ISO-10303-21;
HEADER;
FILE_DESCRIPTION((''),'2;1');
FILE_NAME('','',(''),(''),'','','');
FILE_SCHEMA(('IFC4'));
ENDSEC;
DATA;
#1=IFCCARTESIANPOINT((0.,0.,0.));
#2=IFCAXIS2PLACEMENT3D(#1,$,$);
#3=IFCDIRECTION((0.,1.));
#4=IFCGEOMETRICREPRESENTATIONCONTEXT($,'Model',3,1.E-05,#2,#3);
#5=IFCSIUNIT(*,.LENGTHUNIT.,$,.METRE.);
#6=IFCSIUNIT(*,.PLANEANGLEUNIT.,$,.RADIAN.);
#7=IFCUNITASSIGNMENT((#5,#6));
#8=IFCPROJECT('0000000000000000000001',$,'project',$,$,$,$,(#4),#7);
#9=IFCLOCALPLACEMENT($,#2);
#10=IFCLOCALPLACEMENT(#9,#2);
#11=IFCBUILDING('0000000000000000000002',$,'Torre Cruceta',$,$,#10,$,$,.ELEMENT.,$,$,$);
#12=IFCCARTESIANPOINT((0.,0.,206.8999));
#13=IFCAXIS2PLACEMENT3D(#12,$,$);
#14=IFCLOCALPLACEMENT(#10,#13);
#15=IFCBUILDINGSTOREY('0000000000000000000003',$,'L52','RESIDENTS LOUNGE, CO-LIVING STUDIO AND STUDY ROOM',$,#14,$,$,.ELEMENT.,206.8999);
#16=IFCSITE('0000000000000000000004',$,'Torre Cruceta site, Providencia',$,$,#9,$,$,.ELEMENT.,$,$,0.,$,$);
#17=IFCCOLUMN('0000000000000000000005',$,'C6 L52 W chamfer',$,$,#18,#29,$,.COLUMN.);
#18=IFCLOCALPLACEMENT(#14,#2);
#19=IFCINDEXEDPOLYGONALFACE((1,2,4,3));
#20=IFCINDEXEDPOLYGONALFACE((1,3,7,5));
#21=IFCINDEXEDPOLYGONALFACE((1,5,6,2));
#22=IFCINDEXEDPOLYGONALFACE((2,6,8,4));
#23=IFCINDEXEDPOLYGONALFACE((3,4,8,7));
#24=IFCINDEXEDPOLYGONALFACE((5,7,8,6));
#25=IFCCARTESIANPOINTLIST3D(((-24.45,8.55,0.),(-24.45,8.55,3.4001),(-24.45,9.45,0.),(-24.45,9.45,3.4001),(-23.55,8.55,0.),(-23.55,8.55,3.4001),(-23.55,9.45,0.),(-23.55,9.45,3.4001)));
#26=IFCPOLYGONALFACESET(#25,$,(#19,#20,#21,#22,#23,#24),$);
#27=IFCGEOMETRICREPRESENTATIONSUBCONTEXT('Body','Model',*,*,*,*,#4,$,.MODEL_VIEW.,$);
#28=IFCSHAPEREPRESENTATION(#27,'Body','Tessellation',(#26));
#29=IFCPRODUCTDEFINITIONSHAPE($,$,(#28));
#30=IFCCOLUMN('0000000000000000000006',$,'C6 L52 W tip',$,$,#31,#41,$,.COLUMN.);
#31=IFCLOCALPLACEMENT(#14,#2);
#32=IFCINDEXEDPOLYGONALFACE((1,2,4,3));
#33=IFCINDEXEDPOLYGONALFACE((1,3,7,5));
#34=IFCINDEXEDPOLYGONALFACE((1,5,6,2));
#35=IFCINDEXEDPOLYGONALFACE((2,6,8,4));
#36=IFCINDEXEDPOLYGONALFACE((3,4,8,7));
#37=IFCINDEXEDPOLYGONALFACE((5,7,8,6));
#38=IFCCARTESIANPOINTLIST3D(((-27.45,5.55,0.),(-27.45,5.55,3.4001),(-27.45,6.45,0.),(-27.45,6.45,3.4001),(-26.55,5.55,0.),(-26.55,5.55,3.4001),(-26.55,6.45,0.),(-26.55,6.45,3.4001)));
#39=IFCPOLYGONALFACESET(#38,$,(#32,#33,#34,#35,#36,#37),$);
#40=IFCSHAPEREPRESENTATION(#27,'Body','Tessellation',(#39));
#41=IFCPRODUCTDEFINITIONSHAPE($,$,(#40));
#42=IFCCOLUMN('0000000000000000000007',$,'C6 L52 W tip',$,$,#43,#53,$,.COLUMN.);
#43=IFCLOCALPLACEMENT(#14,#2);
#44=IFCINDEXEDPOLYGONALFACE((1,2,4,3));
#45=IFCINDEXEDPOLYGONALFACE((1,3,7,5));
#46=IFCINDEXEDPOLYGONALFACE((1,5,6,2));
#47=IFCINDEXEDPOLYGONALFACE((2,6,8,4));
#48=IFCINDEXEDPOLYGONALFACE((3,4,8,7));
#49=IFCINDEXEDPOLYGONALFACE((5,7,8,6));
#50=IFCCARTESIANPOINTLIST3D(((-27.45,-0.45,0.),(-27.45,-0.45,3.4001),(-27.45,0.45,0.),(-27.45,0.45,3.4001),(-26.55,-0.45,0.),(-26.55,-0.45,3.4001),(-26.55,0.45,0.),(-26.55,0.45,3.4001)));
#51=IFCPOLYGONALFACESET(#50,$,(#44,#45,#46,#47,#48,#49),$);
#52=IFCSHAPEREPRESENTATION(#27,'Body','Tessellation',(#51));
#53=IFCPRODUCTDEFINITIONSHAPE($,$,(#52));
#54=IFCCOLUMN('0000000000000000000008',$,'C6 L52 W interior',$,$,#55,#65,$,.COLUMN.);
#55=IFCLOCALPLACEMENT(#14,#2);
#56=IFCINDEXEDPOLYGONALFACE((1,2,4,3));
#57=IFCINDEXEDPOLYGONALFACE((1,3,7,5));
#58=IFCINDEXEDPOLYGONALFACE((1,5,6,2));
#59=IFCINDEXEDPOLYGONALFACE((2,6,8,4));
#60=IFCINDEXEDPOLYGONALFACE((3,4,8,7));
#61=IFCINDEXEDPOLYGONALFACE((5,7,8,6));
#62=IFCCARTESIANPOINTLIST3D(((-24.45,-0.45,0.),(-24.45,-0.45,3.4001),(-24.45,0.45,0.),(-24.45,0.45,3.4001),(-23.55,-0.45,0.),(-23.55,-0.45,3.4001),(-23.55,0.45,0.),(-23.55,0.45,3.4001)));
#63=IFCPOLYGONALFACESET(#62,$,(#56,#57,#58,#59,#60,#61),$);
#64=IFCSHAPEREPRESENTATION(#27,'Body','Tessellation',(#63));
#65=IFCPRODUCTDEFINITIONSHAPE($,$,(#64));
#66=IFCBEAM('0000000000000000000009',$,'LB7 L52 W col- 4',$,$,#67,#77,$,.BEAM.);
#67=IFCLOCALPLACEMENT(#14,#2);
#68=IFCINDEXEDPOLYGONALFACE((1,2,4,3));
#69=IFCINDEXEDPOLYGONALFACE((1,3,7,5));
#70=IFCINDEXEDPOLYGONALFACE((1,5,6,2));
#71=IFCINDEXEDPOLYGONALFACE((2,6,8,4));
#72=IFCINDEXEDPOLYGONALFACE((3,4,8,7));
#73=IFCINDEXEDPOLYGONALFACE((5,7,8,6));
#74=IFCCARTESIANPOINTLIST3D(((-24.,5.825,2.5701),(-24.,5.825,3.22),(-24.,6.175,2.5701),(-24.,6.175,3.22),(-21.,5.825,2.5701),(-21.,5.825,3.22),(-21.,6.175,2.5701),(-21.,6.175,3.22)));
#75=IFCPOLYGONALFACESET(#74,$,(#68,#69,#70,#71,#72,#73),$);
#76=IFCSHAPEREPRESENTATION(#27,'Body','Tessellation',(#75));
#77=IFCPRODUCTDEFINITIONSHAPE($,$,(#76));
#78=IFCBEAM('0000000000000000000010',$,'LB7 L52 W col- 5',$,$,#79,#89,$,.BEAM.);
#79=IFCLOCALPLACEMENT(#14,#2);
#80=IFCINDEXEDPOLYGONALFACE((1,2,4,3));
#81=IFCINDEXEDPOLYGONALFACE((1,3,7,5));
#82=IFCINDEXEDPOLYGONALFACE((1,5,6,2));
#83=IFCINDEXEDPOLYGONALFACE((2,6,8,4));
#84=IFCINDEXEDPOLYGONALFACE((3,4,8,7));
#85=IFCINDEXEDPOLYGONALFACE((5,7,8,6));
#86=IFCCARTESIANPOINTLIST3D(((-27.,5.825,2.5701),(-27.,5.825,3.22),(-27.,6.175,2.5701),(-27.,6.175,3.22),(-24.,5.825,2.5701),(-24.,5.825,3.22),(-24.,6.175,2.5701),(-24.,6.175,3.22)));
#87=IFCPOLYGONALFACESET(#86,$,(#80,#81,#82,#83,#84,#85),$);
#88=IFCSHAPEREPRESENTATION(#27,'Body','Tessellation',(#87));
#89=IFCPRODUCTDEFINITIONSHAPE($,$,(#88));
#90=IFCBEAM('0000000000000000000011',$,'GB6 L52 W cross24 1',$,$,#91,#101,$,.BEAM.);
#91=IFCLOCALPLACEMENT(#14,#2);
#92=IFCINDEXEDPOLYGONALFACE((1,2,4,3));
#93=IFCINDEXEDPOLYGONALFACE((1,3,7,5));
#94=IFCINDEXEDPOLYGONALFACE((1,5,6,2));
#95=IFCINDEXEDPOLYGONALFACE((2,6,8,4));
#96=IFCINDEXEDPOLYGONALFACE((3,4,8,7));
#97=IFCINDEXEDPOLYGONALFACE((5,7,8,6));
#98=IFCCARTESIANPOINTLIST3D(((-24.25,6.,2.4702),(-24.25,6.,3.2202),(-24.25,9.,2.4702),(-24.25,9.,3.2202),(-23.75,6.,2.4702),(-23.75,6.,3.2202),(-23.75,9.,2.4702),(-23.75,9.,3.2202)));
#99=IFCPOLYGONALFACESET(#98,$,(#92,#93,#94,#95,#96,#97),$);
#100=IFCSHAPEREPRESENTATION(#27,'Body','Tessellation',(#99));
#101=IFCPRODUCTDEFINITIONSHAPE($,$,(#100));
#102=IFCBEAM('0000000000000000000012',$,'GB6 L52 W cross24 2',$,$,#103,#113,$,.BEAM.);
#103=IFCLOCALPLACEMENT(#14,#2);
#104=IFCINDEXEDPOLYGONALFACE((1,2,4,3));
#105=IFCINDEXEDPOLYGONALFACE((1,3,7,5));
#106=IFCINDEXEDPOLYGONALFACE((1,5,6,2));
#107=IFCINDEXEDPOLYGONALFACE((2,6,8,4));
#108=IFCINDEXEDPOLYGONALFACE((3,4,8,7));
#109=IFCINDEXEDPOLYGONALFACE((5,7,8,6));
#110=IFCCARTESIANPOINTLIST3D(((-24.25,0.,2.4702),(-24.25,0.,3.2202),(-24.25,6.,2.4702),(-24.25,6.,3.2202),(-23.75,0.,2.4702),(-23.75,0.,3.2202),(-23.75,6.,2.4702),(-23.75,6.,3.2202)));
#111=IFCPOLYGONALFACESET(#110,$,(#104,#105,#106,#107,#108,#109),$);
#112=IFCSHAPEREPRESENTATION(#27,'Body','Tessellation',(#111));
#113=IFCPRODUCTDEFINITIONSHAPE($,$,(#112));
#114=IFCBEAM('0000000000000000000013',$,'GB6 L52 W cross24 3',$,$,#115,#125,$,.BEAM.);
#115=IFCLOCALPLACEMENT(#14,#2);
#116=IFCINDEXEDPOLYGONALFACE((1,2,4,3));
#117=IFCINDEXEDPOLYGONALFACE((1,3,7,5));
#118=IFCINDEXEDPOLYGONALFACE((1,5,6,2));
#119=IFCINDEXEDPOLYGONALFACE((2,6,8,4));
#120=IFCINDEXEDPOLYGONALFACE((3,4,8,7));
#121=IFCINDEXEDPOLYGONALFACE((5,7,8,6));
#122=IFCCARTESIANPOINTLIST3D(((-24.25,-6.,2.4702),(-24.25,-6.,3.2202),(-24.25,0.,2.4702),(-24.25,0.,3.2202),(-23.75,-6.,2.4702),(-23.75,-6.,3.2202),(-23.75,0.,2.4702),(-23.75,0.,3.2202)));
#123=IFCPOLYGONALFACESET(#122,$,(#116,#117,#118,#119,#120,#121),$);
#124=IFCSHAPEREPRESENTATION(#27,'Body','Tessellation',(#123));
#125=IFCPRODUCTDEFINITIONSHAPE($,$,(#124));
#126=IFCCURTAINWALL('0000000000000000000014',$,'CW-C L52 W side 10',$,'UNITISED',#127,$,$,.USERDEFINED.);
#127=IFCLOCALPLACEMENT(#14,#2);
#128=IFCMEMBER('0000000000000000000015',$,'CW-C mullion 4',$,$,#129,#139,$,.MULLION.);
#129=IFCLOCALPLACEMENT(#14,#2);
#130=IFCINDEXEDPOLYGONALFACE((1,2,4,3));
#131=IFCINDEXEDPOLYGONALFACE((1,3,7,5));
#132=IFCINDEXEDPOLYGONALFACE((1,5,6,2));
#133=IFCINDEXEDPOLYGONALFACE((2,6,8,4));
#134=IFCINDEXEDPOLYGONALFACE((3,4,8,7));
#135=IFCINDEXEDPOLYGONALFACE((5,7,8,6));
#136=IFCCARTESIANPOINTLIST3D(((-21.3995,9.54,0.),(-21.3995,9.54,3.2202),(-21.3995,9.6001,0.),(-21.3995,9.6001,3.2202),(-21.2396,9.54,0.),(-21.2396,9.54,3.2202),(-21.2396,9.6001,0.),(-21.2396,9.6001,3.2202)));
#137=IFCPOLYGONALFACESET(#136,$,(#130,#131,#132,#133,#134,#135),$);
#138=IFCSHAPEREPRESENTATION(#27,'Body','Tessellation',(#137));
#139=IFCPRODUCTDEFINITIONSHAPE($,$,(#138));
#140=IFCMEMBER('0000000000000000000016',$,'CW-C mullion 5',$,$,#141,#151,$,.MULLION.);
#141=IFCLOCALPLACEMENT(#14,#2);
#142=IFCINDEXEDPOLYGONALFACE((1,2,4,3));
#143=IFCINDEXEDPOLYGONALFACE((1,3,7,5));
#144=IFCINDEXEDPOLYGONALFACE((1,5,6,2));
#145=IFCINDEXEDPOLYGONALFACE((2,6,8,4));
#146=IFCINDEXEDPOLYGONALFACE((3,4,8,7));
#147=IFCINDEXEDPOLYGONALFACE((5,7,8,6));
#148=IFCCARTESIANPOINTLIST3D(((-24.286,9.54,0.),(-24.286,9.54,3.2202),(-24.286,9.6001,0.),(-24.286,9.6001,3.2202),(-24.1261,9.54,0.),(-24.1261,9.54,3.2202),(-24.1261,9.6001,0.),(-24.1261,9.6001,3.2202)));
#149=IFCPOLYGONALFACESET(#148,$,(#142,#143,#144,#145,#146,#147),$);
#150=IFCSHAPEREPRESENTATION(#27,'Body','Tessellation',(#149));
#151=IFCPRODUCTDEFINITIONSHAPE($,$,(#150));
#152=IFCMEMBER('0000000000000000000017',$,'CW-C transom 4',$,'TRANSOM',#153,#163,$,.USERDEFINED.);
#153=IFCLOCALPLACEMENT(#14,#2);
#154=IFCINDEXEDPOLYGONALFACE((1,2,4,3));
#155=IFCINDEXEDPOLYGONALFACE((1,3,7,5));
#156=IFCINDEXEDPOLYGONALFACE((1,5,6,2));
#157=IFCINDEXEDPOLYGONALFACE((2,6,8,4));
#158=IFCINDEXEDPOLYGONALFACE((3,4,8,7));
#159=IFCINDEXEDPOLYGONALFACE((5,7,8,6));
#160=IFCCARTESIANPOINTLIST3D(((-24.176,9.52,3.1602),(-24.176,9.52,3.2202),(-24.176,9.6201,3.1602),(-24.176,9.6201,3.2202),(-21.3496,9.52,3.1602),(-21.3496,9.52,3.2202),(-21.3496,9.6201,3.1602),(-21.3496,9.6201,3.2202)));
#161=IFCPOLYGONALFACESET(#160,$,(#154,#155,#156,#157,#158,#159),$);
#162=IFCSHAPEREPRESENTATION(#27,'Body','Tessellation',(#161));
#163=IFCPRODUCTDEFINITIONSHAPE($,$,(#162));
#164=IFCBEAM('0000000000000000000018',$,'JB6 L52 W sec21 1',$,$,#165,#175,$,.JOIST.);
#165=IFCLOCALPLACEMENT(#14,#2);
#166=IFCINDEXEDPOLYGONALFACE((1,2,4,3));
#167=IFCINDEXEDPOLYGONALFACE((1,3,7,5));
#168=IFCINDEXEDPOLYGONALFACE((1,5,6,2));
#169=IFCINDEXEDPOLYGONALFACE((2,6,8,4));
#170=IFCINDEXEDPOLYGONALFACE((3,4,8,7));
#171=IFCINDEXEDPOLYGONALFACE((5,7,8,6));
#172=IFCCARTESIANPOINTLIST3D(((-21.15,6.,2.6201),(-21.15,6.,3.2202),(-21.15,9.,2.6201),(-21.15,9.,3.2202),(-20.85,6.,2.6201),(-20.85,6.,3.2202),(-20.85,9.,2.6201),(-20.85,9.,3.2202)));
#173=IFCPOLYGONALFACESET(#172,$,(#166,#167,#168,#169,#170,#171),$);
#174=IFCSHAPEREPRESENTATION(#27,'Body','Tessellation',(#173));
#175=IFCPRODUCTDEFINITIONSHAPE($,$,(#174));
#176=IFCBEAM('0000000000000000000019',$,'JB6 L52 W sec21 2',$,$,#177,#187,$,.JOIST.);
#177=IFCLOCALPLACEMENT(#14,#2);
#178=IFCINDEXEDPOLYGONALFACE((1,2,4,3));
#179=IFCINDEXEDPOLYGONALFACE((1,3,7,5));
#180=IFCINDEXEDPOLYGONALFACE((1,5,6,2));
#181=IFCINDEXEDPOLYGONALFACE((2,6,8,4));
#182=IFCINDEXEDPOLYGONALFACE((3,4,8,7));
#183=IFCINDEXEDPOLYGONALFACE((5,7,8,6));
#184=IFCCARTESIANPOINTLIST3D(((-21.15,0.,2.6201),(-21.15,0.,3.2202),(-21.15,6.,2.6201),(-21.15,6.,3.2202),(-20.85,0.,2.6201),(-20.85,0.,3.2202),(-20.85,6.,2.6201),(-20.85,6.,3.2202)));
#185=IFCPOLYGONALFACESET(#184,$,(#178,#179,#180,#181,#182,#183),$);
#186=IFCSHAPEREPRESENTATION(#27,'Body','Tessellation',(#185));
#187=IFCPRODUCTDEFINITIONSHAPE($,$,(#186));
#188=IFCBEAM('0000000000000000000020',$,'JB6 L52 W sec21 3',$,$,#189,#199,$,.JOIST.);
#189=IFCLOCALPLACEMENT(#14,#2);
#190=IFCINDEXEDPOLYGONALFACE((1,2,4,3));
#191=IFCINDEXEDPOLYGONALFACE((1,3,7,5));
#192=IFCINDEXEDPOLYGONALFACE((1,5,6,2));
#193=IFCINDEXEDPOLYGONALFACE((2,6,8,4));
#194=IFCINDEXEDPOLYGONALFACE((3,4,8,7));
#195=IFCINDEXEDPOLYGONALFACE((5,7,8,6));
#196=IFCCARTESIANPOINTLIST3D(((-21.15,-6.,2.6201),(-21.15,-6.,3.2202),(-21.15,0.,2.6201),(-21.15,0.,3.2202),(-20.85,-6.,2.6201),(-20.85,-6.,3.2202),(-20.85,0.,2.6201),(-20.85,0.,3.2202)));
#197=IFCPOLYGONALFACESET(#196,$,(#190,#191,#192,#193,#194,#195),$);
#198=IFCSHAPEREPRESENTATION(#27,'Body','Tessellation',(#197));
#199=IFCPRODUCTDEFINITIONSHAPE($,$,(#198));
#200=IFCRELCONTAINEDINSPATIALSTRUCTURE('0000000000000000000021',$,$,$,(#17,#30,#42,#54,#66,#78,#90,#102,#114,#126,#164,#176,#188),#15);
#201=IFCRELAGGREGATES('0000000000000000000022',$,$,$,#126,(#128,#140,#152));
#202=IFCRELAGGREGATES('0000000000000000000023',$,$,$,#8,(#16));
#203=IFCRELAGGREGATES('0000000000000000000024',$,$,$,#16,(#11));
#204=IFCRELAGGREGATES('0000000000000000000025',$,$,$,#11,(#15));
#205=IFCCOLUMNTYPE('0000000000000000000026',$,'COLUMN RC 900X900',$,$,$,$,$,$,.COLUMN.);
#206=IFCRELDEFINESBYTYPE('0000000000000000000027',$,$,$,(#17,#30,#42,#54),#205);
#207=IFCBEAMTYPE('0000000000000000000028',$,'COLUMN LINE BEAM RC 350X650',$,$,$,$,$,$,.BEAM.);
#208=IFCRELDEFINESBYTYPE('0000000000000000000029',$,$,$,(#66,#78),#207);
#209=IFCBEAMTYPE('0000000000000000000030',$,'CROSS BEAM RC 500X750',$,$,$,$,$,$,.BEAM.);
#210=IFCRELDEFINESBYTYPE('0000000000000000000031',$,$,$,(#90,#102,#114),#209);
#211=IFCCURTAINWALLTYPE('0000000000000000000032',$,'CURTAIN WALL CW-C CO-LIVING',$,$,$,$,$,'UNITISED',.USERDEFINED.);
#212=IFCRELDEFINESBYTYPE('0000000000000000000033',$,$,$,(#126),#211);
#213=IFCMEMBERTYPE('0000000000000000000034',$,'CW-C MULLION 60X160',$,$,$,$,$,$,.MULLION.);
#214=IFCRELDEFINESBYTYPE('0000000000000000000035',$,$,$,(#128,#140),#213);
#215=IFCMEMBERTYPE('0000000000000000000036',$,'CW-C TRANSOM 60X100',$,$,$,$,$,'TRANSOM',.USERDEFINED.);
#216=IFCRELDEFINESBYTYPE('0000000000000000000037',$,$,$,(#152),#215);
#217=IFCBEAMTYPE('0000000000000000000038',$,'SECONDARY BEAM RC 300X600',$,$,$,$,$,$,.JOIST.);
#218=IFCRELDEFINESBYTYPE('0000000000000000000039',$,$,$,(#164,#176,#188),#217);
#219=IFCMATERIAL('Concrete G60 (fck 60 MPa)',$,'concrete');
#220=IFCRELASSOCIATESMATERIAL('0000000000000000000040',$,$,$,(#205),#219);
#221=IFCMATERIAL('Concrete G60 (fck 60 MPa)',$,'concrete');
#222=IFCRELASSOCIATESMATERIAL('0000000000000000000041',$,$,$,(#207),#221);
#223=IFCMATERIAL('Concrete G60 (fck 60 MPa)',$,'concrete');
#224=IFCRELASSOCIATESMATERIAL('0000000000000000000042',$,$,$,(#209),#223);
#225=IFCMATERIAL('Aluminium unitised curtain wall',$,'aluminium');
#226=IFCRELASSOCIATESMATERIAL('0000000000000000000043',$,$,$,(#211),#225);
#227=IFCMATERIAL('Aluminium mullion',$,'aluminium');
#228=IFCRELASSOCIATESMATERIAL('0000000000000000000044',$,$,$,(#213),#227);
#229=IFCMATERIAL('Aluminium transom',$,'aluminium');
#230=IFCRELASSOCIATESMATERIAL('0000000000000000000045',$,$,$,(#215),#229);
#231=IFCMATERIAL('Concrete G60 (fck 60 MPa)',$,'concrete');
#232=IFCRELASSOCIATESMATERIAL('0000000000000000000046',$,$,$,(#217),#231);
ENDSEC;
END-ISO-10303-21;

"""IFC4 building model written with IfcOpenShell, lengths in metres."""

from ifc_helpers import new_model, si_unit, direction, frame, origin, origin_2d, place, context, subcontext, project, spatial, rectangle, extrude, material, material_profile, profile_set, type_object, element, aggregate, save


model = new_model("IFC4")

# Units and contexts
model_context = context("Model", 3, precision=1e-05, world=origin(), true_north=direction((0.0, 1.0)))
body_context = subcontext(model_context, "Body", "Model", "MODEL_VIEW")
ifc_project = project(units=[si_unit("LENGTHUNIT", "METRE"), si_unit("PLANEANGLEUNIT", "RADIAN")], contexts=[model_context])

# Site, building, storey
site_placement = place(None, origin())
site = spatial("IfcSite", under=ifc_project, at=site_placement, Name="Torre Cruceta site, Providencia", CompositionType="ELEMENT", RefElevation=0.0)
building_placement = place(site_placement, origin())
building = spatial("IfcBuilding", under=site, at=building_placement, Name="Torre Cruceta", CompositionType="ELEMENT")
storey_placement = place(building_placement, frame((0.0, 0.0, 206.8999)))
storey = spatial("IfcBuildingStorey", under=building, at=storey_placement, Name="L52", Description="RESIDENTS LOUNGE, CO-LIVING STUDIO AND STUDY ROOM", CompositionType="ELEMENT", Elevation=206.8999)

# Columns
ifc_material_1 = material(Name="Concrete G60 (fck 60 MPa)", Category="concrete")
ifc_material_profile_1 = material_profile(ifc_material_1, rectangle(XDim=0.8999, YDim=0.8999, at=origin_2d()), Name="RC 900X900")
ifc_profile_set_1 = profile_set([ifc_material_profile_1], Name="Concrete G60 (fck 60 MPa)")
column_type = type_object("IfcColumnType", Name="COLUMN RC 900X900", PredefinedType="COLUMN", material=ifc_profile_set_1)
for number, where, z_axis, x_axis, name in (
    (1, (-24.0, 9.0, 0.0), (0.0, 0.0, 1.0), (1.0, 0.0, 0.0), "C6 L52 W chamfer"),
    (2, (-27.0, 6.0, 0.0), (0.0, 0.0, 1.0), (1.0, 0.0, 0.0), "C6 L52 W tip"),
    (3, (-27.0, 0.0, 0.0), (0.0, 0.0, 1.0), (1.0, 0.0, 0.0), "C6 L52 W tip"),
    (4, (-24.0, 0.0, 0.0), (0.0, 0.0, 1.0), (1.0, 0.0, 0.0), "C6 L52 W interior"),
):
    element("IfcColumn", number, at=place(storey_placement, frame(where, z_axis=z_axis, x_axis=x_axis)), inside=storey, type_object=column_type, Name=name, PredefinedType="COLUMN", context=body_context, shape_type="SweptSolid", body=[
        extrude(rectangle(XDim=0.8999, YDim=0.8999, at=origin_2d()), origin(), (0.0, 0.0, 1.0), 3.4001),
    ])

# Beams
ifc_material_2 = material(Name="Concrete G60 (fck 60 MPa)", Category="concrete")
ifc_material_profile_2 = material_profile(ifc_material_2, rectangle(XDim=0.3501, YDim=0.6499, at=origin_2d()), Name="RC 350X650")
ifc_profile_set_2 = profile_set([ifc_material_profile_2], Name="Concrete G60 (fck 60 MPa)")
beam_type_1 = type_object("IfcBeamType", Name="COLUMN LINE BEAM RC 350X650", PredefinedType="BEAM", material=ifc_profile_set_2)
for number, where, z_axis, x_axis, name in (
    (5, (-21.0, 6.0, 2.895), (-1.0, 0.0, 0.0), (0.0, -1.0, 0.0), "LB7 L52 W col- 4"),
    (6, (-24.0, 6.0, 2.895), (-1.0, 0.0, 0.0), (0.0, -1.0, 0.0), "LB7 L52 W col- 5"),
):
    element("IfcBeam", number, at=place(storey_placement, frame(where, z_axis=z_axis, x_axis=x_axis)), inside=storey, type_object=beam_type_1, Name=name, PredefinedType="BEAM", context=body_context, shape_type="SweptSolid", body=[
        extrude(rectangle(XDim=0.3501, YDim=0.6499, at=origin_2d()), origin(), (0.0, 0.0, 1.0), 3.0),
    ])
ifc_material_3 = material(Name="Concrete G60 (fck 60 MPa)", Category="concrete")
ifc_material_profile_3 = material_profile(ifc_material_3, rectangle(XDim=0.5, YDim=0.75, at=origin_2d()), Name="RC 500X750")
ifc_profile_set_3 = profile_set([ifc_material_profile_3], Name="Concrete G60 (fck 60 MPa)")
beam_type_2 = type_object("IfcBeamType", Name="CROSS BEAM RC 500X750", PredefinedType="BEAM", material=ifc_profile_set_3)
beam_1_placement = place(storey_placement, frame((-24.0, 9.0, 2.8452), z_axis=(0.0, -1.0, 0.0), x_axis=(1.0, 0.0, 0.0)))
element("IfcBeam", 7, at=beam_1_placement, inside=storey, type_object=beam_type_2, Name="GB6 L52 W cross24 1", PredefinedType="BEAM", context=body_context, shape_type="SweptSolid", body=[
    extrude(rectangle(XDim=0.5, YDim=0.75, at=origin_2d()), origin(), (0.0, 0.0, 1.0), 3.0),
])
for number, where, z_axis, x_axis, name in (
    (8, (-24.0, 6.0, 2.8452), (0.0, -1.0, 0.0), (1.0, 0.0, 0.0), "GB6 L52 W cross24 2"),
    (9, (-24.0, 0.0, 2.8452), (0.0, -1.0, 0.0), (1.0, 0.0, 0.0), "GB6 L52 W cross24 3"),
):
    element("IfcBeam", number, at=place(storey_placement, frame(where, z_axis=z_axis, x_axis=x_axis)), inside=storey, type_object=beam_type_2, Name=name, PredefinedType="BEAM", context=body_context, shape_type="SweptSolid", body=[
        extrude(rectangle(XDim=0.5, YDim=0.75, at=origin_2d()), origin(), (0.0, 0.0, 1.0), 6.0),
    ])

# Curtain wall, members
ifc_material_4 = material(Name="Aluminium unitised curtain wall", Category="aluminium")
curtain_wall_type = type_object("IfcCurtainWallType", Name="CURTAIN WALL CW-C CO-LIVING", ElementType="UNITISED", PredefinedType="USERDEFINED", material=ifc_material_4)
curtain_wall_placement = place(storey_placement, origin())
curtain_wall = element("IfcCurtainWall", 10, at=curtain_wall_placement, inside=storey, type_object=curtain_wall_type, Name="CW-C L52 W side 10", ObjectType="UNITISED", PredefinedType="USERDEFINED")
ifc_material_5 = material(Name="Aluminium mullion", Category="aluminium")
ifc_material_profile_4 = material_profile(ifc_material_5, rectangle(XDim=0.0601, YDim=0.1599, at=origin_2d()), Name="AL 60X160")
ifc_profile_set_4 = profile_set([ifc_material_profile_4], Name="Aluminium mullion")
member_type_1 = type_object("IfcMemberType", Name="CW-C MULLION 60X160", PredefinedType="MULLION", material=ifc_profile_set_4)
member_1_placement = place(storey_placement, frame((-21.3196, 9.5701, 0.0), z_axis=(0.0, 0.0, 1.0), x_axis=(0.0, -1.0, 0.0)))
member_1 = element("IfcMember", 11, at=member_1_placement, type_object=member_type_1, Name="CW-C mullion 4", PredefinedType="MULLION", context=body_context, shape_type="SweptSolid", body=[
    extrude(rectangle(XDim=0.0601, YDim=0.1599, at=origin_2d()), origin(), (0.0, 0.0, 1.0), 3.2202),
])
member_2_placement = place(storey_placement, frame((-24.2061, 9.5701, 0.0), z_axis=(0.0, 0.0, 1.0), x_axis=(0.0, -1.0, 0.0)))
member_2 = element("IfcMember", 12, at=member_2_placement, type_object=member_type_1, Name="CW-C mullion 5", PredefinedType="MULLION", context=body_context, shape_type="SweptSolid", body=[
    extrude(rectangle(XDim=0.0601, YDim=0.1599, at=origin_2d()), origin(), (0.0, 0.0, 1.0), 3.2202),
])
ifc_material_6 = material(Name="Aluminium transom", Category="aluminium")
ifc_material_profile_5 = material_profile(ifc_material_6, rectangle(XDim=0.1001, YDim=0.0601, at=origin_2d()), Name="AL 100X60")
ifc_profile_set_5 = profile_set([ifc_material_profile_5], Name="Aluminium transom")
member_type_2 = type_object("IfcMemberType", Name="CW-C TRANSOM 60X100", ElementType="TRANSOM", PredefinedType="USERDEFINED", material=ifc_profile_set_5)
member_3_placement = place(storey_placement, frame((-21.3496, 9.5701, 3.1902), z_axis=(-1.0, 0.0, 0.0), x_axis=(0.0, -1.0, 0.0)))
member_3 = element("IfcMember", 13, at=member_3_placement, type_object=member_type_2, Name="CW-C transom 4", ObjectType="TRANSOM", PredefinedType="USERDEFINED", context=body_context, shape_type="SweptSolid", body=[
    extrude(rectangle(XDim=0.1001, YDim=0.0601, at=origin_2d()), origin(), (0.0, 0.0, 1.0), 2.8264),
])

# Beams
ifc_material_7 = material(Name="Concrete G60 (fck 60 MPa)", Category="concrete")
ifc_material_profile_6 = material_profile(ifc_material_7, rectangle(XDim=0.3, YDim=0.6001, at=origin_2d()), Name="RC 300X600")
ifc_profile_set_6 = profile_set([ifc_material_profile_6], Name="Concrete G60 (fck 60 MPa)")
beam_type_3 = type_object("IfcBeamType", Name="SECONDARY BEAM RC 300X600", PredefinedType="JOIST", material=ifc_profile_set_6)
beam_2_placement = place(storey_placement, frame((-21.0, 9.0, 2.9202), z_axis=(0.0, -1.0, 0.0), x_axis=(1.0, 0.0, 0.0)))
element("IfcBeam", 14, at=beam_2_placement, inside=storey, type_object=beam_type_3, Name="JB6 L52 W sec21 1", PredefinedType="JOIST", context=body_context, shape_type="SweptSolid", body=[
    extrude(rectangle(XDim=0.3, YDim=0.6001, at=origin_2d()), origin(), (0.0, 0.0, 1.0), 3.0),
])
for number, where, z_axis, x_axis, name in (
    (15, (-21.0, 6.0, 2.9202), (0.0, -1.0, 0.0), (1.0, 0.0, 0.0), "JB6 L52 W sec21 2"),
    (16, (-21.0, 0.0, 2.9202), (0.0, -1.0, 0.0), (1.0, 0.0, 0.0), "JB6 L52 W sec21 3"),
):
    element("IfcBeam", number, at=place(storey_placement, frame(where, z_axis=z_axis, x_axis=x_axis)), inside=storey, type_object=beam_type_3, Name=name, PredefinedType="JOIST", context=body_context, shape_type="SweptSolid", body=[
        extrude(rectangle(XDim=0.3, YDim=0.6001, at=origin_2d()), origin(), (0.0, 0.0, 1.0), 6.0),
    ])

aggregate(curtain_wall, [member_1, member_2, member_3])

save(model, "model.ifc")
